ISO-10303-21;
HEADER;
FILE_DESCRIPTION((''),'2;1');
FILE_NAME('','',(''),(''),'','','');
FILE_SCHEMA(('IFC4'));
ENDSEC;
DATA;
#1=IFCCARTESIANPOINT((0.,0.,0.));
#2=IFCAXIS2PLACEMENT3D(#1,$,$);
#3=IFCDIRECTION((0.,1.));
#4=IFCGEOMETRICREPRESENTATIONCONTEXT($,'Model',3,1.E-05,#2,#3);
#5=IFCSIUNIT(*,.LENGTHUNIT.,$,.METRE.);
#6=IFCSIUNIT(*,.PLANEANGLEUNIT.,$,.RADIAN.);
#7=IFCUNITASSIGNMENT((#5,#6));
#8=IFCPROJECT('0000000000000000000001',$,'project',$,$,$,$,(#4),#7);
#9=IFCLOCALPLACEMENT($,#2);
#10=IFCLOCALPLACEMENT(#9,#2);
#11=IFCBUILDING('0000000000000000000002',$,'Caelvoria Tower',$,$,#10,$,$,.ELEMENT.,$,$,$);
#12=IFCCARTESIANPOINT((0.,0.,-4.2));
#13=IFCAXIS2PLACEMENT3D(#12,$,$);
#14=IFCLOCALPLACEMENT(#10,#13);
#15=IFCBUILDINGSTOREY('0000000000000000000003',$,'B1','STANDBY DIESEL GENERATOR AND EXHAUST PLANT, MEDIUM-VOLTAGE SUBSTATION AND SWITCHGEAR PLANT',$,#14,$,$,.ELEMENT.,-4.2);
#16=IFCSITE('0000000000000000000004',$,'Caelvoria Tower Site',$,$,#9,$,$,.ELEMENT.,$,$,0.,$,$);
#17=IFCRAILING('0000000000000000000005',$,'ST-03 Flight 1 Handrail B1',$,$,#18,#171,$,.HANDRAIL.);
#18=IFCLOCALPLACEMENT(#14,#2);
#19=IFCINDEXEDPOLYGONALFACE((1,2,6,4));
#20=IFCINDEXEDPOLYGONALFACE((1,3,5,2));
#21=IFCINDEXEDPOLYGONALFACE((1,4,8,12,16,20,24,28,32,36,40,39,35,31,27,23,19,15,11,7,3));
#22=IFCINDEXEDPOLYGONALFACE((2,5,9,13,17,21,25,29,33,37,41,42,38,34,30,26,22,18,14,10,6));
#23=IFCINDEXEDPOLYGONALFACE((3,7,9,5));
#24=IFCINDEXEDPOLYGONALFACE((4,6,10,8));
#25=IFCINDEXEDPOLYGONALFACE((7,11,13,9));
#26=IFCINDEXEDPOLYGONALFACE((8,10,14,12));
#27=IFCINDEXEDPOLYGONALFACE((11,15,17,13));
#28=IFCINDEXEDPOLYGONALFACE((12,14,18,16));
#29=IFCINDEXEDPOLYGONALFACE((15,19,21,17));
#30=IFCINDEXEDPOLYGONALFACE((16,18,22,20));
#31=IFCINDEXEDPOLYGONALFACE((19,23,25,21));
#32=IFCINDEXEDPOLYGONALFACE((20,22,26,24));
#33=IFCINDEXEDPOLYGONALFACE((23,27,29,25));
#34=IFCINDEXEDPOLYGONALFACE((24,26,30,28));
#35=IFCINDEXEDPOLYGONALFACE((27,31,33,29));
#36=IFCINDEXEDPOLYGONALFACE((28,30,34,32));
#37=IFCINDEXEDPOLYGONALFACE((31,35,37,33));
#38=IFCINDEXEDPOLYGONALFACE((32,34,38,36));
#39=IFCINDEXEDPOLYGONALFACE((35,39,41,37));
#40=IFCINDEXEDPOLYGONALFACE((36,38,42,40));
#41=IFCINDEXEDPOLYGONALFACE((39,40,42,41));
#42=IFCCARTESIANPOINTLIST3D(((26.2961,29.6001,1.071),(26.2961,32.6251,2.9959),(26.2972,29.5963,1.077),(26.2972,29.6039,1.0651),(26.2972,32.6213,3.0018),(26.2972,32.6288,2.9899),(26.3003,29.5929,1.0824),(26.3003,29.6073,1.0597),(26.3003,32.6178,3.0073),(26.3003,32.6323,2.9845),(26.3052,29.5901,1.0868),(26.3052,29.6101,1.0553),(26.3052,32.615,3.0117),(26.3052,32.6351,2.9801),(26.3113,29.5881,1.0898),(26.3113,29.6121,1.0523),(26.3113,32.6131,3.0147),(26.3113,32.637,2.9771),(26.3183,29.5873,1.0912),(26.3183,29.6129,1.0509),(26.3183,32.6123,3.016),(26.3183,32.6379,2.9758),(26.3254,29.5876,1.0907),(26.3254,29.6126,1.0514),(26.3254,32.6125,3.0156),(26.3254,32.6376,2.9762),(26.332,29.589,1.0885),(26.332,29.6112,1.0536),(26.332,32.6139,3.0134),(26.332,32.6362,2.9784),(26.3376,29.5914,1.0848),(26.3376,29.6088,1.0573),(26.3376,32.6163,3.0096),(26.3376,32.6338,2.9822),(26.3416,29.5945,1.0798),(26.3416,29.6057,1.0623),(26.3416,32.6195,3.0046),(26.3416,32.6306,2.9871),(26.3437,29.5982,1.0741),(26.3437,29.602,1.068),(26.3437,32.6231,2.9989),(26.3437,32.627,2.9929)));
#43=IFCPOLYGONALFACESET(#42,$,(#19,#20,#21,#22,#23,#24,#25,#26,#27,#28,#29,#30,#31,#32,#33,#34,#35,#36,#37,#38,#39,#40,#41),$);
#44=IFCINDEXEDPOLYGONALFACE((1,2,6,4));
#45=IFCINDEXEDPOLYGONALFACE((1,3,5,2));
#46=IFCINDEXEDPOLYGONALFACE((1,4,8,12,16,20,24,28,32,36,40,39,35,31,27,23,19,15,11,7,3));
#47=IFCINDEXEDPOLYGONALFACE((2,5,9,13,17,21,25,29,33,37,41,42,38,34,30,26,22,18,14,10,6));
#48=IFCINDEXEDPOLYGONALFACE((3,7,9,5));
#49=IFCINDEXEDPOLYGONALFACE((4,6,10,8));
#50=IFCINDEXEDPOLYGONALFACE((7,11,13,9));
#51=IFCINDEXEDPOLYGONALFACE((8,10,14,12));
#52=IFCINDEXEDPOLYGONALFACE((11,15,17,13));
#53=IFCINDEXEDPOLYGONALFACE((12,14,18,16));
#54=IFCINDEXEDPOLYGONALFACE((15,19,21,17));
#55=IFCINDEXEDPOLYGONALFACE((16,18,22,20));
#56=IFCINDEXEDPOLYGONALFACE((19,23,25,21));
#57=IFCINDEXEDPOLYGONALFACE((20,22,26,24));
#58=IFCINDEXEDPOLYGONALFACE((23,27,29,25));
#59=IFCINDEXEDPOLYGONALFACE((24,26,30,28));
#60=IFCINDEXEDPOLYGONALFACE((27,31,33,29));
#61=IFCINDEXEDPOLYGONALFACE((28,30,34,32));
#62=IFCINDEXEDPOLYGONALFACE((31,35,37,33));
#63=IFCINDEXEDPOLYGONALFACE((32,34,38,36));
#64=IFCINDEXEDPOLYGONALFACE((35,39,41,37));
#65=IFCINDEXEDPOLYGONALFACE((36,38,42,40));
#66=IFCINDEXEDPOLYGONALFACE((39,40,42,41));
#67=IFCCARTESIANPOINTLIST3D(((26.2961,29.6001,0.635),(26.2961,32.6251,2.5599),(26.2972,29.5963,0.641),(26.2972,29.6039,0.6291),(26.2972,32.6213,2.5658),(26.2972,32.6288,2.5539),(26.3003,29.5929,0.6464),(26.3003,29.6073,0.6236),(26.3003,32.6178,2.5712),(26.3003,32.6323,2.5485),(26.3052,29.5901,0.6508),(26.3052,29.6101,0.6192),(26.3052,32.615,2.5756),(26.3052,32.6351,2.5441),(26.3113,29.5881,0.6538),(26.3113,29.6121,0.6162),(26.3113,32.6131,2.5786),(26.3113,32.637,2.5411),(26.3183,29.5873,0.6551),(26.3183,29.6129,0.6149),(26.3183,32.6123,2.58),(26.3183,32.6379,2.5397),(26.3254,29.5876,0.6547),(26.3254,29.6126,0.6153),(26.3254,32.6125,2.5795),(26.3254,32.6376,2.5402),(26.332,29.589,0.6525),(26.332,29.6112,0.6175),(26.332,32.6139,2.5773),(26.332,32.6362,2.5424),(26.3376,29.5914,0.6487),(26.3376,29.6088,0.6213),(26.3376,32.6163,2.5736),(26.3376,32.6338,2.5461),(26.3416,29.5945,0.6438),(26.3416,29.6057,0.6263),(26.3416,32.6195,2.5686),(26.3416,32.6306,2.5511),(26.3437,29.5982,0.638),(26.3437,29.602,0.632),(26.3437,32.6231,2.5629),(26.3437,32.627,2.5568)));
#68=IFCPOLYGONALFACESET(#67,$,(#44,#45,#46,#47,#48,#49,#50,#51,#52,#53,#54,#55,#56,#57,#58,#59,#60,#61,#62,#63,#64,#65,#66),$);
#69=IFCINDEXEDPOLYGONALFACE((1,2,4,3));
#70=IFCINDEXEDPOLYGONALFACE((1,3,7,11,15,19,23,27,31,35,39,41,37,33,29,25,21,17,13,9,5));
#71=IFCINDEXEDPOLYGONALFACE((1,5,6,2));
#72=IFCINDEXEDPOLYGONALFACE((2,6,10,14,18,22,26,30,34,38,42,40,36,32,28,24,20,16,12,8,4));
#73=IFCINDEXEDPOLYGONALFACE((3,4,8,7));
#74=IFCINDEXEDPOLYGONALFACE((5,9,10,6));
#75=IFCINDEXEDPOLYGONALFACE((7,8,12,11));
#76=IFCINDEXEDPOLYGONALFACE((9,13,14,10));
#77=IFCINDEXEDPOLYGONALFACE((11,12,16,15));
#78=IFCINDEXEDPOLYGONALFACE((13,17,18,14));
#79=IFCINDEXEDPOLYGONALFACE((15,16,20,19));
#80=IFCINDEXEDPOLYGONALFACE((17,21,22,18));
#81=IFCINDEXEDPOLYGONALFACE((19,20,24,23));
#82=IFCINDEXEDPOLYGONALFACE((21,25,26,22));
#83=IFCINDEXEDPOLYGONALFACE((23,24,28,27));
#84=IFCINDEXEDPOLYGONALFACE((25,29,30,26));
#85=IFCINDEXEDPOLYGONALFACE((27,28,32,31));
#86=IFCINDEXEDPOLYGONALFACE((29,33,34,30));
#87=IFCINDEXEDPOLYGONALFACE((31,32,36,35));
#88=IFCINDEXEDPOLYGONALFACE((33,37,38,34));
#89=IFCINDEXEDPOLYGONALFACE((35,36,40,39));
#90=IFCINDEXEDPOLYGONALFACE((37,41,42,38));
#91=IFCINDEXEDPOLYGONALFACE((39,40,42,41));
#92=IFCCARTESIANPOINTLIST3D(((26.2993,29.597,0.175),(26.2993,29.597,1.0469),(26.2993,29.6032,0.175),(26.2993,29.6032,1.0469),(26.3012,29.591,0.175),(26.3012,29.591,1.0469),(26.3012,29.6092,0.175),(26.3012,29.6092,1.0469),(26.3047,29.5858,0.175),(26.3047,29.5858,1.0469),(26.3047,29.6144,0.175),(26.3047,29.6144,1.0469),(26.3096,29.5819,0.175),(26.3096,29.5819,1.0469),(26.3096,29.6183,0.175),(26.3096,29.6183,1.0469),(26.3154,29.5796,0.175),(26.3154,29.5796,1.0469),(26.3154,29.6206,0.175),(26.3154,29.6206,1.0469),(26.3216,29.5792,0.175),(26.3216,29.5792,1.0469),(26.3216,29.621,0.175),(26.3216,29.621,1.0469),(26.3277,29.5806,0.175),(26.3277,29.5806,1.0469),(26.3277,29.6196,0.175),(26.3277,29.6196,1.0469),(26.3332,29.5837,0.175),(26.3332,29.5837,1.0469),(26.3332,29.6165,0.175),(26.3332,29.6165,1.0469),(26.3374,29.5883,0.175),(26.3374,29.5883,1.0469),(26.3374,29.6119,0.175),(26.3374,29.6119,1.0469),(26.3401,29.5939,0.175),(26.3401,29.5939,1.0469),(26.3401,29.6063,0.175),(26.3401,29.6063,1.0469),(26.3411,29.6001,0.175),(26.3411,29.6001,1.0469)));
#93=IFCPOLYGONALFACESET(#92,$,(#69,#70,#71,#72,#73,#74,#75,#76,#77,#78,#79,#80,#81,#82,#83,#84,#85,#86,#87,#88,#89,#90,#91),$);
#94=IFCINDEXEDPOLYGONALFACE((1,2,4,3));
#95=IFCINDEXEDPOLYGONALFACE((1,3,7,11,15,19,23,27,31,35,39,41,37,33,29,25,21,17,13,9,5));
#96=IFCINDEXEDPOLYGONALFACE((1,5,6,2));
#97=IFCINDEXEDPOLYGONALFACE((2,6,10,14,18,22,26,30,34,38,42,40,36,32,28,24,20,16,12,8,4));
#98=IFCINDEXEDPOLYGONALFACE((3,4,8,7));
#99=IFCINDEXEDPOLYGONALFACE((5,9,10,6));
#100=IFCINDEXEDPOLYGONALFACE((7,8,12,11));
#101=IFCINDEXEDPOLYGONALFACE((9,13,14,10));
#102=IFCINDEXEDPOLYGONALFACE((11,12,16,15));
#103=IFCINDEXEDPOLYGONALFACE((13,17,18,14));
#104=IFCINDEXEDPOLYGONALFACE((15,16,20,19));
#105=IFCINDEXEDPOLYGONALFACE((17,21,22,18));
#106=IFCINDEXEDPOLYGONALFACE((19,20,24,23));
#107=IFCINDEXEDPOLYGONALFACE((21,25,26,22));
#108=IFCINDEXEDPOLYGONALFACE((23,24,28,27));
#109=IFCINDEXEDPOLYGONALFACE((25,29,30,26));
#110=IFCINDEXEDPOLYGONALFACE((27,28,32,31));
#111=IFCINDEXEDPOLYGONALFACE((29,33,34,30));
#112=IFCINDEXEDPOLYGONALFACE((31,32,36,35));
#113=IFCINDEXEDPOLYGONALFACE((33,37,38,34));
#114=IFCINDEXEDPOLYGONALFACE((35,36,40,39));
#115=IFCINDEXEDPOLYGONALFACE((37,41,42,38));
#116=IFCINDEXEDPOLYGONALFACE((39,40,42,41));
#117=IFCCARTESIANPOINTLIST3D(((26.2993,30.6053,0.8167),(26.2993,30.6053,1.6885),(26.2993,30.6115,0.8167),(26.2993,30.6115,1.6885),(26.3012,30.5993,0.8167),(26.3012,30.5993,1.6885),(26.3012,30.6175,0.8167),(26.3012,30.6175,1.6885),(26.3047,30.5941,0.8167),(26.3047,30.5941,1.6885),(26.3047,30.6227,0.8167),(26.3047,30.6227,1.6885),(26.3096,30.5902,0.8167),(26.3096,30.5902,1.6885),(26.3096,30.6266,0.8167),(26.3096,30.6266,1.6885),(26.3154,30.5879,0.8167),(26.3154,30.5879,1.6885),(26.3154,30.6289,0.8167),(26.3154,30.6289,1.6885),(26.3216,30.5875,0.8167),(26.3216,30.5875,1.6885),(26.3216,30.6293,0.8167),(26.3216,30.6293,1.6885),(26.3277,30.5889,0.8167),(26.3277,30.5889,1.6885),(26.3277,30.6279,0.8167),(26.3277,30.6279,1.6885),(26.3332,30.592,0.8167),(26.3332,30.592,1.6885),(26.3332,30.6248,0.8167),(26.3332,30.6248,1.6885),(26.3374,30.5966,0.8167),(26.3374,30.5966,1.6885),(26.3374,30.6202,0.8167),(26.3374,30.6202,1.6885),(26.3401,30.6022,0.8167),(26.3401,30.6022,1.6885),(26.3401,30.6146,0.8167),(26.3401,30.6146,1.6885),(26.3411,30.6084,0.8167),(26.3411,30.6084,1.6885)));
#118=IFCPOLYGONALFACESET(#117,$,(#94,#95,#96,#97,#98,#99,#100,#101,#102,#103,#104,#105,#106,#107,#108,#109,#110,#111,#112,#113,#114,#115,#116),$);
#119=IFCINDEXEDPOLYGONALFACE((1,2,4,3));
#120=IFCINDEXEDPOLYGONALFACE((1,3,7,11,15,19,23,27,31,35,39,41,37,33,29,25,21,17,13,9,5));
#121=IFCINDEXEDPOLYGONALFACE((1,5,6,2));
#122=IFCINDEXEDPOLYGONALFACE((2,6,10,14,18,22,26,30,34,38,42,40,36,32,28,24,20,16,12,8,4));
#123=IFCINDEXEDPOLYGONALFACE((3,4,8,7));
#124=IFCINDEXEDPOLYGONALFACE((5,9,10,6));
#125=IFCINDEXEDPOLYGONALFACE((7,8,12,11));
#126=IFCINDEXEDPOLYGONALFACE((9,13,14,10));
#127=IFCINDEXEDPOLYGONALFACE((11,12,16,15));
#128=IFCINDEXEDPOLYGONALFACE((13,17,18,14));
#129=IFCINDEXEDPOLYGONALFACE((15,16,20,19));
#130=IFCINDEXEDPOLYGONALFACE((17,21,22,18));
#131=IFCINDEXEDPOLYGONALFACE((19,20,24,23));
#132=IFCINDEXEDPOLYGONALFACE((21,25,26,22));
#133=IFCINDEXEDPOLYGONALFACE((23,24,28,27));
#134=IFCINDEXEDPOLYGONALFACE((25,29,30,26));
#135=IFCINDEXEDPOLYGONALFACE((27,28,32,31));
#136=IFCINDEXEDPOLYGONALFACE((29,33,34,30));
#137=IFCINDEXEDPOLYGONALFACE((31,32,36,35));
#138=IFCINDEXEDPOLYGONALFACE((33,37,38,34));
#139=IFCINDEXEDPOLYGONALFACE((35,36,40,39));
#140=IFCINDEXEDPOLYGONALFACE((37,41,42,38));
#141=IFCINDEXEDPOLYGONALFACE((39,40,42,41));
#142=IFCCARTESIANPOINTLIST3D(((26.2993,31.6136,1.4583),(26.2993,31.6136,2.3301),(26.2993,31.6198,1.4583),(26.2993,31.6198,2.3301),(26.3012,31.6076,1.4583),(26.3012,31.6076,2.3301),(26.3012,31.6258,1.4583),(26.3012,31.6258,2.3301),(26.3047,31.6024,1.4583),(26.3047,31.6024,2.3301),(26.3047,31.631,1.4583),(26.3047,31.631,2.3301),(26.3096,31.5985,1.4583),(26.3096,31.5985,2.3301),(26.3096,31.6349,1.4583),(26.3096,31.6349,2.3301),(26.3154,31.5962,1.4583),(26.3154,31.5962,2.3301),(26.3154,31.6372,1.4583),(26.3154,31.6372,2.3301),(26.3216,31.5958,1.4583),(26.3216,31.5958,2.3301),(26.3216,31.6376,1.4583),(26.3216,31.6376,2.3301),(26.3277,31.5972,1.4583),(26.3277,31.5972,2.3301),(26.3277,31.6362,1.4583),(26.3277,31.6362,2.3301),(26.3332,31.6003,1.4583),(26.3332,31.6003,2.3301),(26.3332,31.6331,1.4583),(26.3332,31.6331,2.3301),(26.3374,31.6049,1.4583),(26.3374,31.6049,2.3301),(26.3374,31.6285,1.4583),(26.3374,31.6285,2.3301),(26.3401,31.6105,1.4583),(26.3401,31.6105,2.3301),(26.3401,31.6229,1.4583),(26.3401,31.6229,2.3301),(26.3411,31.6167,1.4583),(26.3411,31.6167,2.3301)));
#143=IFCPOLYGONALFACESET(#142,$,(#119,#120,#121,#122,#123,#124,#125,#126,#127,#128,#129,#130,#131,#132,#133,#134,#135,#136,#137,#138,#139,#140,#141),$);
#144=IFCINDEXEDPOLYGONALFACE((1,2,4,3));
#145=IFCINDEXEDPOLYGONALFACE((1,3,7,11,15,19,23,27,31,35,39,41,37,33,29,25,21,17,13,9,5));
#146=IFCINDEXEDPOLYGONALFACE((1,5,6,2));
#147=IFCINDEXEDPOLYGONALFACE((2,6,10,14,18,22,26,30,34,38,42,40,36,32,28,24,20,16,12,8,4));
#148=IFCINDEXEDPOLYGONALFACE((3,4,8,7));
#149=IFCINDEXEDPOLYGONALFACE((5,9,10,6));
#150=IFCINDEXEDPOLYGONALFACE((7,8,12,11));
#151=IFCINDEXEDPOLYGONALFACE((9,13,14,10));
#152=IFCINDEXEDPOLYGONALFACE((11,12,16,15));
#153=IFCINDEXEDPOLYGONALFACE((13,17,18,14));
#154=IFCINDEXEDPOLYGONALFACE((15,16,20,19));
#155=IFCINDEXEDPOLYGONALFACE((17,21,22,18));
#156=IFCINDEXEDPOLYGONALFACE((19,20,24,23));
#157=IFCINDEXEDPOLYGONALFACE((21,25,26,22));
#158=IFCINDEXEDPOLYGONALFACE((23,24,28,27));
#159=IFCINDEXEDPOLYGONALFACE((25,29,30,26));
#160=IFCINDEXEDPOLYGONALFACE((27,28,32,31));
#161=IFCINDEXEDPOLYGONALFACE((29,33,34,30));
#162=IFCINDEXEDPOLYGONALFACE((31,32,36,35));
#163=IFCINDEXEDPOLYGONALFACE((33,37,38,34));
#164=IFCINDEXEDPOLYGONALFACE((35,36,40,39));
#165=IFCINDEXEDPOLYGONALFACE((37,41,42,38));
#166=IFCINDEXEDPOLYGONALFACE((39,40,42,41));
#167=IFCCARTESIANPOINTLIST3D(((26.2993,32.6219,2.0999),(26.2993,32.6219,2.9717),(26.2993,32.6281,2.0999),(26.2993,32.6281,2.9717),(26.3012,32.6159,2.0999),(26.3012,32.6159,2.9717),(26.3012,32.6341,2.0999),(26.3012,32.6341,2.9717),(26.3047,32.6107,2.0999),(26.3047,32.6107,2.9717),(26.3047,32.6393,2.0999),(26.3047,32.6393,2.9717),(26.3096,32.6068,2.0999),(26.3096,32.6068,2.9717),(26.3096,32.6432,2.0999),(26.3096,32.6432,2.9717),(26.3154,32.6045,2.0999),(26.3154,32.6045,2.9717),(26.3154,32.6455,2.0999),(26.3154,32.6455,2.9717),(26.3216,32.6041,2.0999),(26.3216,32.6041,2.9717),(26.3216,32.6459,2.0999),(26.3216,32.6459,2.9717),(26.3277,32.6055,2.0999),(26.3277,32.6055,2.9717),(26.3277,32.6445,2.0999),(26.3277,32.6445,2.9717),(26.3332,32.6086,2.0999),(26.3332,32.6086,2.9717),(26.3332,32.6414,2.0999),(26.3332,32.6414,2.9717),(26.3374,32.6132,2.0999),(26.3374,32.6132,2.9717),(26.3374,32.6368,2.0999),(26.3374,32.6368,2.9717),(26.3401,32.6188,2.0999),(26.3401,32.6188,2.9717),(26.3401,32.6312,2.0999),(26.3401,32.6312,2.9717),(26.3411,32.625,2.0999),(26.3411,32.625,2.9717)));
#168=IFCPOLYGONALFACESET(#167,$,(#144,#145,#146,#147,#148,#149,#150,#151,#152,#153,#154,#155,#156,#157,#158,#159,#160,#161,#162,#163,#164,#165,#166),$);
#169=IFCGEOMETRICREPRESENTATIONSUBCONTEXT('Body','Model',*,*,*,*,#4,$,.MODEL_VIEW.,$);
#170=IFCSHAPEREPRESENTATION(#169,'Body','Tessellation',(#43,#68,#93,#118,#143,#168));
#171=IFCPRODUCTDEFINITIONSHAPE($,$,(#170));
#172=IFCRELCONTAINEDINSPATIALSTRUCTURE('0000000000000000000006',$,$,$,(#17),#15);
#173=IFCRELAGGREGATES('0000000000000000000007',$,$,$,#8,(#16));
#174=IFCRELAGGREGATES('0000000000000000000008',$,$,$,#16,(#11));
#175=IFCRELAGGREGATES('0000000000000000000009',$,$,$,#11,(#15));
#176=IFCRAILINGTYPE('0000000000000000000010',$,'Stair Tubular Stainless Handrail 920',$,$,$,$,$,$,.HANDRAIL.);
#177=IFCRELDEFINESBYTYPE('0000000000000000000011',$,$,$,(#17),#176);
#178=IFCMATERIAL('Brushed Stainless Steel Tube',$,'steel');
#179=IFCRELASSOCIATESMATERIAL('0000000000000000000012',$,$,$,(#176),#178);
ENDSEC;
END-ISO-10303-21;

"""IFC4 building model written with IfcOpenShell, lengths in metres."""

from ifc_helpers import new_model, si_unit, direction, frame, origin, origin_2d, place, context, subcontext, project, spatial, circle, extrude, material, type_object, element, save


model = new_model("IFC4")

# Units and contexts
model_context = context("Model", 3, precision=1e-05, world=origin(), true_north=direction((0.0, 1.0)))
body_context = subcontext(model_context, "Body", "Model", "MODEL_VIEW")
ifc_project = project(units=[si_unit("LENGTHUNIT", "METRE"), si_unit("PLANEANGLEUNIT", "RADIAN")], contexts=[model_context])

# Site, building, storey
site_placement = place(None, origin())
site = spatial("IfcSite", under=ifc_project, at=site_placement, Name="Caelvoria Tower Site", CompositionType="ELEMENT", RefElevation=0.0)
building_placement = place(site_placement, origin())
building = spatial("IfcBuilding", under=site, at=building_placement, Name="Caelvoria Tower", CompositionType="ELEMENT")
storey_placement = place(building_placement, frame((0.0, 0.0, -4.2)))
storey = spatial("IfcBuildingStorey", under=building, at=storey_placement, Name="B1", Description="STANDBY DIESEL GENERATOR AND EXHAUST PLANT, MEDIUM-VOLTAGE SUBSTATION AND SWITCHGEAR PLANT", CompositionType="ELEMENT", Elevation=-4.2)

# Railing
ifc_material_1 = material(Name="Brushed Stainless Steel Tube", Category="steel")
railing_type_1 = type_object("IfcRailingType", Name="Stair Tubular Stainless Handrail 920", PredefinedType="HANDRAIL", material=ifc_material_1)
railing_1_placement = place(storey_placement, frame((26.3201, 29.6001, 0.175)))
element("IfcRailing", 1, at=railing_1_placement, inside=storey, type_object=railing_type_1, Name="ST-03 Flight 1 Handrail B1", PredefinedType="HANDRAIL", context=body_context, shape_type="SweptSolid", body=[
    extrude(circle(Radius=0.0239, at=origin_2d()), frame((0.0, 0.0, 0.896), z_axis=(0.0, 0.843678, 0.536849), x_axis=(-1.0, 0.0, 0.0)), (0.0, 0.0, 1.0), 3.5854),
    extrude(circle(Radius=0.0239, at=origin_2d()), frame((0.0, 0.0, 0.46), z_axis=(0.0, 0.843678, 0.536849), x_axis=(-1.0, 0.0, 0.0)), (0.0, 0.0, 1.0), 3.5854),
    extrude(circle(Radius=0.021, at=origin_2d()), origin(), (0.0, 0.0, 1.0), 0.8718),
    extrude(circle(Radius=0.021, at=origin_2d()), frame((0.0, 1.0083, 0.6416)), (0.0, 0.0, 1.0), 0.8718),
    extrude(circle(Radius=0.021, at=origin_2d()), frame((0.0, 2.0166, 1.2832)), (0.0, 0.0, 1.0), 0.8718),
    extrude(circle(Radius=0.021, at=origin_2d()), frame((0.0, 3.0249, 1.9248)), (0.0, 0.0, 1.0), 0.8718),
])

save(model, "model.ifc")
